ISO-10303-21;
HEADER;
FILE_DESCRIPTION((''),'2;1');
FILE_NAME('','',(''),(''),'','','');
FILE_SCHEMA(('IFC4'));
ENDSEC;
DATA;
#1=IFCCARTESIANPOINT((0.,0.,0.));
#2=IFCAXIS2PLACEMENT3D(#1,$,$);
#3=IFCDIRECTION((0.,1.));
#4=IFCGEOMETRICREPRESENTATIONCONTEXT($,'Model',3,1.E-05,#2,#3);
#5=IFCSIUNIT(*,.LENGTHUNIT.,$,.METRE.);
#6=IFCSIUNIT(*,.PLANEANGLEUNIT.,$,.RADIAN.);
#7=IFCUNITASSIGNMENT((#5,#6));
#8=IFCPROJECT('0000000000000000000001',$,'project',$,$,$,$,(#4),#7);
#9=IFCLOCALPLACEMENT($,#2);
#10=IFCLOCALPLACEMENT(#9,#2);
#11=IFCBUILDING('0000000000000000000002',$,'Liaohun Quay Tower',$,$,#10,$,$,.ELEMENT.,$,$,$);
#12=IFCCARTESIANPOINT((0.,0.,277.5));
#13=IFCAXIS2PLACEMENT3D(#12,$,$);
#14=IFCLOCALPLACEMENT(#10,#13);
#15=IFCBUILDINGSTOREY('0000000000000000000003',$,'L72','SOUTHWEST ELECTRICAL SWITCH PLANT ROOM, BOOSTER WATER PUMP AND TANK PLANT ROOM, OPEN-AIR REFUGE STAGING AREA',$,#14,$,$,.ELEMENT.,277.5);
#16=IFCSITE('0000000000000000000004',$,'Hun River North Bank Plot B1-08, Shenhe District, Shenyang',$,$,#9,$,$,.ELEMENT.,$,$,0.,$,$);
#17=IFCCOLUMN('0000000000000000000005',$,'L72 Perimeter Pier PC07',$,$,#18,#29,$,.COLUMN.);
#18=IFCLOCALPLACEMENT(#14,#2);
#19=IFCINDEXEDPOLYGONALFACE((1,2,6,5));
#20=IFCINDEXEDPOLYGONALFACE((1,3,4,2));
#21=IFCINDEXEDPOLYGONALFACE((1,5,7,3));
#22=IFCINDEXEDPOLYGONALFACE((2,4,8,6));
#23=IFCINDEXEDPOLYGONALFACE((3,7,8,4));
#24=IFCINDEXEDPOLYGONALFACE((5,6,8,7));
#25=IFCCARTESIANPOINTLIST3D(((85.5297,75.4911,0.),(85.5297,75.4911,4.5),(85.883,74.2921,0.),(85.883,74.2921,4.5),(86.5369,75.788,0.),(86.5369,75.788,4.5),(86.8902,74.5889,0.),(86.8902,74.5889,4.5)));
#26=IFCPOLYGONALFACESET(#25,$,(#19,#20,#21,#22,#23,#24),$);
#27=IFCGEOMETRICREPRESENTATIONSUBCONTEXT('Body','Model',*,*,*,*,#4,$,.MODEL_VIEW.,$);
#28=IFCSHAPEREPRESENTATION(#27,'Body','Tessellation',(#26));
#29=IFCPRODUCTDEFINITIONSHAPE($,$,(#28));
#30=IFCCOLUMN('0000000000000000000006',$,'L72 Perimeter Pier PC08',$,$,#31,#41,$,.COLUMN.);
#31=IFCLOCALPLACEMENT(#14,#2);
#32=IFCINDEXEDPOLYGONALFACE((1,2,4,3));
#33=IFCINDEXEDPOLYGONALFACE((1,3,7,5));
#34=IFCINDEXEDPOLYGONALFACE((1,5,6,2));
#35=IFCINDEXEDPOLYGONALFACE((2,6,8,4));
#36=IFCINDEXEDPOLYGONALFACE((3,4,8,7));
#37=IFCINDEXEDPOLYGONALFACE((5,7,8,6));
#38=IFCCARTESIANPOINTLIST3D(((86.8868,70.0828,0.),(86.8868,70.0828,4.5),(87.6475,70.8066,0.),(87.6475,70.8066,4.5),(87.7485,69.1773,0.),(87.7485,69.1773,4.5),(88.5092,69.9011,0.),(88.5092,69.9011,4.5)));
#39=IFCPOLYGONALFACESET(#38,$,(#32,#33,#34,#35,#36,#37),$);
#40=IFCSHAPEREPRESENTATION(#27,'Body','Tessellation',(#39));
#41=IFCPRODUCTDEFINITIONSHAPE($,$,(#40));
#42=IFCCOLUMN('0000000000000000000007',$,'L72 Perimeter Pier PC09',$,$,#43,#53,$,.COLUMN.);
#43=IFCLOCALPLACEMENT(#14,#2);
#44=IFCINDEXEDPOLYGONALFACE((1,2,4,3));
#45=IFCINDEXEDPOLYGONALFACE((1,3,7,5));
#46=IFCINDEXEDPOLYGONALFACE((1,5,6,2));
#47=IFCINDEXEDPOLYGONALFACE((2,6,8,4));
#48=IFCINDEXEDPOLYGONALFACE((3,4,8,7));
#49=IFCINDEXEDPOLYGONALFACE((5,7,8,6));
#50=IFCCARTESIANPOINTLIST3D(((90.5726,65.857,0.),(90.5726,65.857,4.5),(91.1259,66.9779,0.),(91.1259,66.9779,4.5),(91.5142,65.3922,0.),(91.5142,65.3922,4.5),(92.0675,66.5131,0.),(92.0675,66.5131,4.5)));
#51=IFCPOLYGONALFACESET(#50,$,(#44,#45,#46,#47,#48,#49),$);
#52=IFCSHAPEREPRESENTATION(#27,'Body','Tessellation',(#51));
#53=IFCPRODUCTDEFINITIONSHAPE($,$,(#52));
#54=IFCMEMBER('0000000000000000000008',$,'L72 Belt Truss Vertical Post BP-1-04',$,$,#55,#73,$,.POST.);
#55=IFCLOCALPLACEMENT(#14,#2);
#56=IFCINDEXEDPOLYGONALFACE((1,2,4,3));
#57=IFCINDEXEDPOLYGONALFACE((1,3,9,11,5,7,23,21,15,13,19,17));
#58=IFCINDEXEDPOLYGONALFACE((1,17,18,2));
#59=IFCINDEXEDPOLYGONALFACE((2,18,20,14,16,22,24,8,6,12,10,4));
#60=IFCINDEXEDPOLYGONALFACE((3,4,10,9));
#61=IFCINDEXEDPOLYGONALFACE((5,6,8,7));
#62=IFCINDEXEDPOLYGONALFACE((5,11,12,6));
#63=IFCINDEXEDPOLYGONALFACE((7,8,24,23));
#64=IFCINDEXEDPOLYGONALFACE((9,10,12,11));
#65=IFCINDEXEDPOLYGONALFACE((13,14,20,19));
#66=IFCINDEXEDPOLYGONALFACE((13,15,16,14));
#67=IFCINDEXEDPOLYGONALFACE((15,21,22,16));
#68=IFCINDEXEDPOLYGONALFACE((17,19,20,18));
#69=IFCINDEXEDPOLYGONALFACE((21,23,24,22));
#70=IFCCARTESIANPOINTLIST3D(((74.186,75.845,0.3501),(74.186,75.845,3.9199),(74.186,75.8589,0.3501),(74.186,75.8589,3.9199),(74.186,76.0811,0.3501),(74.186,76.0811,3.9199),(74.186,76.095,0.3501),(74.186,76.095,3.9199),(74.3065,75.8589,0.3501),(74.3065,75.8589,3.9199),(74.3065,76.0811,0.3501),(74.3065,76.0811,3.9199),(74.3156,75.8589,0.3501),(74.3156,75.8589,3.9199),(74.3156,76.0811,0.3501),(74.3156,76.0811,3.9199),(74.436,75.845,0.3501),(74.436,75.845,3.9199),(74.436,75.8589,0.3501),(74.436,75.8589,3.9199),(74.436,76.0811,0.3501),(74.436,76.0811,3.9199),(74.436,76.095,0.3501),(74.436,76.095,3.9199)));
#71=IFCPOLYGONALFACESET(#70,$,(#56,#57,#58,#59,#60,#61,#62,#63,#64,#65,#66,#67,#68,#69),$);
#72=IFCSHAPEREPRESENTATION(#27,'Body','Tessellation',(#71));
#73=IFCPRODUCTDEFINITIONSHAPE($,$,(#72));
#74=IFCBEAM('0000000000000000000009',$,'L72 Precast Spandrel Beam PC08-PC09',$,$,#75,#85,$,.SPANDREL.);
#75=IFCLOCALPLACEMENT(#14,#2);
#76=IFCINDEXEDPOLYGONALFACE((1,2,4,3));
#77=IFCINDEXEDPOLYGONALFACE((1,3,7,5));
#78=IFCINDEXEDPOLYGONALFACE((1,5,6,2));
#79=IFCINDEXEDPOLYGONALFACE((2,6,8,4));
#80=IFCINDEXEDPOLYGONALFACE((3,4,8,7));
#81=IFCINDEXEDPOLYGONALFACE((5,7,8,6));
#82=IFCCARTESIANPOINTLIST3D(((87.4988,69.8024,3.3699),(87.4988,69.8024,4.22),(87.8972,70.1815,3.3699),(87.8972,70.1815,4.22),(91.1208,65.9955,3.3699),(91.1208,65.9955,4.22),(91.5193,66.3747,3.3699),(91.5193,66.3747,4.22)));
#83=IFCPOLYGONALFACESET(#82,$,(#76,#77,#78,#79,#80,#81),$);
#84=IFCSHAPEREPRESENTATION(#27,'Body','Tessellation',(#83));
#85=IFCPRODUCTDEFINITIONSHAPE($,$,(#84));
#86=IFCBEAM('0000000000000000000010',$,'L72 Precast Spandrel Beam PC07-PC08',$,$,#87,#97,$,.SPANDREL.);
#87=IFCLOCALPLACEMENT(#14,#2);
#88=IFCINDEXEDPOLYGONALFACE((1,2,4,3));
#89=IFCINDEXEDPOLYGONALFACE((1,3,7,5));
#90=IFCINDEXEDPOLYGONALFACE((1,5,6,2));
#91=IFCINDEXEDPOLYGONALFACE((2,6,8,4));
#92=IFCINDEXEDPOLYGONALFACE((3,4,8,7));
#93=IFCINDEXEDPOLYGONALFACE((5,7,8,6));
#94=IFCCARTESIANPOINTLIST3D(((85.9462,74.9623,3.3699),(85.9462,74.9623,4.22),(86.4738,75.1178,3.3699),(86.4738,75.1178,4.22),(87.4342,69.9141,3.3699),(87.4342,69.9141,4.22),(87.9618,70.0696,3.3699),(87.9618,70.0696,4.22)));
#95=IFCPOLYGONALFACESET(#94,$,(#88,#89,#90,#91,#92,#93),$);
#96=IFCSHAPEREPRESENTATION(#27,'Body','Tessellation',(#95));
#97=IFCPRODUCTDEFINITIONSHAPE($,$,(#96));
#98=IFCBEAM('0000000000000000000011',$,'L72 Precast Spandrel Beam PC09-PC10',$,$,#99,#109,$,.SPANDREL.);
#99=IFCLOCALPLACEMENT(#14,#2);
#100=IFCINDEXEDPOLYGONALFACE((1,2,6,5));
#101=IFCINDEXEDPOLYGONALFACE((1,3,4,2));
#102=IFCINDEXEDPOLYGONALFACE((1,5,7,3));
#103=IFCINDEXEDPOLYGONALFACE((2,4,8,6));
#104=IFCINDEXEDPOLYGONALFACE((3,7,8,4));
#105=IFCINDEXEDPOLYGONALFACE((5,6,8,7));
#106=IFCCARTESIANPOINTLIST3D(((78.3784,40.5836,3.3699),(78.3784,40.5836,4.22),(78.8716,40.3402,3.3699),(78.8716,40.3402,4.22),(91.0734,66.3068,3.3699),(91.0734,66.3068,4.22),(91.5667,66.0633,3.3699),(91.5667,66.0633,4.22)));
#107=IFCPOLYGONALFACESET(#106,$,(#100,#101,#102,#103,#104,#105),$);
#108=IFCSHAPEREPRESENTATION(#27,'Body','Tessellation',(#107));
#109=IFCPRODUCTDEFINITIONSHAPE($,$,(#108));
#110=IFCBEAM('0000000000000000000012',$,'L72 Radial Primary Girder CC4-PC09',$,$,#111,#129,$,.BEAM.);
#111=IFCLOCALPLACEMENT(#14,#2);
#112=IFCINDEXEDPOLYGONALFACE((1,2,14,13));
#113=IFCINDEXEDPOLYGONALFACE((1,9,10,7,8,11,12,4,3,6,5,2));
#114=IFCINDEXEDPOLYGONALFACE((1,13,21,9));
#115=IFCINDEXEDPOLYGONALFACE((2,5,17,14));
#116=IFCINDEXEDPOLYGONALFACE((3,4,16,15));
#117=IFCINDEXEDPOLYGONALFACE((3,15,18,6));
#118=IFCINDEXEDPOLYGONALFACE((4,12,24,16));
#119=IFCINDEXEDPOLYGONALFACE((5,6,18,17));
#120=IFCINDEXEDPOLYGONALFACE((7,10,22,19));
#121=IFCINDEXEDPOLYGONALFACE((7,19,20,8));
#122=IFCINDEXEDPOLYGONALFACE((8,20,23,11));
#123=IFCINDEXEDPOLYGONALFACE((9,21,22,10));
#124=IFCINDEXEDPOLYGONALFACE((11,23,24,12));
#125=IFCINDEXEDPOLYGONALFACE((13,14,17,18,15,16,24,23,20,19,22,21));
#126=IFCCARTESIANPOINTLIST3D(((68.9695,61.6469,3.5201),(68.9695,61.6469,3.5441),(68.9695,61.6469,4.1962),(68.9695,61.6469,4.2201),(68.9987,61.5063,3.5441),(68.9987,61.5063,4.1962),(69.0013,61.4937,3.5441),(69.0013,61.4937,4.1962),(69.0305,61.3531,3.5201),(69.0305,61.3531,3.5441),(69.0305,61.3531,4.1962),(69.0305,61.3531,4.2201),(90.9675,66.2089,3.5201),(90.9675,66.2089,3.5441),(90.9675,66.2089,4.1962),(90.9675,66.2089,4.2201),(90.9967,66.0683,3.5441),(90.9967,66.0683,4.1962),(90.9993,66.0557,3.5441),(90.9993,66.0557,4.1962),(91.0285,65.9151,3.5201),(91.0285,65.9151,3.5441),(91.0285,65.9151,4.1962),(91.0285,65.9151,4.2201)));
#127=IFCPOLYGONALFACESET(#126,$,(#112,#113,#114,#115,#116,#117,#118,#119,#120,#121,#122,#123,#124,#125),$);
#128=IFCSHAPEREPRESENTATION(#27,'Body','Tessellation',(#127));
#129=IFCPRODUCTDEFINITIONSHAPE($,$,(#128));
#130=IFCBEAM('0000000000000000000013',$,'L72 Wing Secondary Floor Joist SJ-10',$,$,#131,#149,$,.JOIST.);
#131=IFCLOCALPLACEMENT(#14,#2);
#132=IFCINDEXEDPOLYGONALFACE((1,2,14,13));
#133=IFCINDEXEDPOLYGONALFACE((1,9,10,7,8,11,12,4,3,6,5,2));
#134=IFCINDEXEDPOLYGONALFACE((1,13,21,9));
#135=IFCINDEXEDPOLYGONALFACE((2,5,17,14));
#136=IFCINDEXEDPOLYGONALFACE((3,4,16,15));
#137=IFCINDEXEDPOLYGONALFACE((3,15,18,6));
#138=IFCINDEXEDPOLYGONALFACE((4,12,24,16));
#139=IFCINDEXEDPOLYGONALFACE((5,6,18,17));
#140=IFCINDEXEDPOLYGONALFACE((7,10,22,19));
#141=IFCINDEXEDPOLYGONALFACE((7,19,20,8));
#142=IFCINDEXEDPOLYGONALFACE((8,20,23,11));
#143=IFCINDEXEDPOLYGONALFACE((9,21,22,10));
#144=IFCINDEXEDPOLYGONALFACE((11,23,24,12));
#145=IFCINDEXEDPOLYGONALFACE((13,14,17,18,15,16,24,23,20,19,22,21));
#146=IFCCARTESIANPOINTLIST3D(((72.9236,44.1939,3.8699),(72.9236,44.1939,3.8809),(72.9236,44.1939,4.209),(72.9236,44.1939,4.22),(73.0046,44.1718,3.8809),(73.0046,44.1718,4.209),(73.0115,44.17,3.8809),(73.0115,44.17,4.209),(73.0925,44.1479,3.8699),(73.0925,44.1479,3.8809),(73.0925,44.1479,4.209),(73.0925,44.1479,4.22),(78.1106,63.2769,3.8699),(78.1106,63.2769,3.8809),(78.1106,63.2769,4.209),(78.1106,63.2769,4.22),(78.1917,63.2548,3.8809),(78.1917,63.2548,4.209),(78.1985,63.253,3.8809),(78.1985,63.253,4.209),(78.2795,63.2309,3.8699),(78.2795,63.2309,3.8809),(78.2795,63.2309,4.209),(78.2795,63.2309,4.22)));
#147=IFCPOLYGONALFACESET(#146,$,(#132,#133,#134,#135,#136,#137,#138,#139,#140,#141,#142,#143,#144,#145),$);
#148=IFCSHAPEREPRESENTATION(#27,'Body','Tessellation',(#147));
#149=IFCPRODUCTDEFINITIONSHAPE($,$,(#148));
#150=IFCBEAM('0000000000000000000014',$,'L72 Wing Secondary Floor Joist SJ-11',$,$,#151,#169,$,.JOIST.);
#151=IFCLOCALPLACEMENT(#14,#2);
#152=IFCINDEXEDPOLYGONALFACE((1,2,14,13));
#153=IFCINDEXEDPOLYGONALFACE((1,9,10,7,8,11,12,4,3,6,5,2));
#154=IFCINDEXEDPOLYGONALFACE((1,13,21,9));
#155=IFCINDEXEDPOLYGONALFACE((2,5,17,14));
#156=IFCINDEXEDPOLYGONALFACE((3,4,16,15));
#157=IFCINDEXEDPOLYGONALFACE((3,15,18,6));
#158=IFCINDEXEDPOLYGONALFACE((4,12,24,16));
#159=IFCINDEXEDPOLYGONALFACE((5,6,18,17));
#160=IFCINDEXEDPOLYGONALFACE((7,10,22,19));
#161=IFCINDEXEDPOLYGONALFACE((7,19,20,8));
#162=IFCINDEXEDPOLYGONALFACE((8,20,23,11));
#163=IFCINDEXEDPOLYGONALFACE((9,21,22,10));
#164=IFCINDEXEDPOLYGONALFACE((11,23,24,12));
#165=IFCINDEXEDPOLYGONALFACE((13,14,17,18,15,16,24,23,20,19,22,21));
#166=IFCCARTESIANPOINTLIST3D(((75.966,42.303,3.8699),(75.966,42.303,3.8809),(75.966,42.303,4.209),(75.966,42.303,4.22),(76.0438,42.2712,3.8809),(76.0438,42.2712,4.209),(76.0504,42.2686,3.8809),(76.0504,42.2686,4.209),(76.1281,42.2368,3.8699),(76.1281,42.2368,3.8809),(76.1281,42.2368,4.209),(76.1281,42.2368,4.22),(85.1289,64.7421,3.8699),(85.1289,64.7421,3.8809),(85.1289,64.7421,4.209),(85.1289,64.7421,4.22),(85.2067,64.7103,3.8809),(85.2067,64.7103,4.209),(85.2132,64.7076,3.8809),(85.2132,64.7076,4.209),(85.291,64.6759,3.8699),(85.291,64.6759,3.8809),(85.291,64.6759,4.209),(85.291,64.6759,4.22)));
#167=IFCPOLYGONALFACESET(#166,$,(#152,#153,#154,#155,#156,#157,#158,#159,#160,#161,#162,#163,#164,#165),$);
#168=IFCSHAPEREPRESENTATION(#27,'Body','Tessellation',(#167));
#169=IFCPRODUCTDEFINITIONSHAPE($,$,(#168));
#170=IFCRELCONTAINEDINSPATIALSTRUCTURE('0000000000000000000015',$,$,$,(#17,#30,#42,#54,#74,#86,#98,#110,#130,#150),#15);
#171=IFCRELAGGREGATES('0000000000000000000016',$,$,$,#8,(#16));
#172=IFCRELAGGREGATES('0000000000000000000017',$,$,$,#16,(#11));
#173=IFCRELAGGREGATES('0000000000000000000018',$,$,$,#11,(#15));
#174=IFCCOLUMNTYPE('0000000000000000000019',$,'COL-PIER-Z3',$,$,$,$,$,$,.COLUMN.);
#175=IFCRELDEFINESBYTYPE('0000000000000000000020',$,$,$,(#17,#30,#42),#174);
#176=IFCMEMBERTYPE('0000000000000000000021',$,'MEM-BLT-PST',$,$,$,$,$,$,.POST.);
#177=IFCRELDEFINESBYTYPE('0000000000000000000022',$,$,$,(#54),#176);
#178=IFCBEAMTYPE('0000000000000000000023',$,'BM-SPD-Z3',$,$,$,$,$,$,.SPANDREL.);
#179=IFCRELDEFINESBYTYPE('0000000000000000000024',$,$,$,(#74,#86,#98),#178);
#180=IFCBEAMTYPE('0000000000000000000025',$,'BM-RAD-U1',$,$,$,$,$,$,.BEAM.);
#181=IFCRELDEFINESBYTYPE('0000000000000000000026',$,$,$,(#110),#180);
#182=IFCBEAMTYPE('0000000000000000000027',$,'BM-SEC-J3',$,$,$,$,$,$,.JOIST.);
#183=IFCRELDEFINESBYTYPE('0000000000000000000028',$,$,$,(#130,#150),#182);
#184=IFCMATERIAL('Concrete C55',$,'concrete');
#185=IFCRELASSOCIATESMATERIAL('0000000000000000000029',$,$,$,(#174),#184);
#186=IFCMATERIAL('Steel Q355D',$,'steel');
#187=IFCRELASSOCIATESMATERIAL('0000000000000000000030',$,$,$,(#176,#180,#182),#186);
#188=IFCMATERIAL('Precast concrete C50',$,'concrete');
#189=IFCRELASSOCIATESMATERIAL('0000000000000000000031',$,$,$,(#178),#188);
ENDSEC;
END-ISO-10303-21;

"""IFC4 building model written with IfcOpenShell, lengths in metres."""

from ifc_helpers import new_model, si_unit, direction, frame, origin, origin_2d, place, context, subcontext, project, spatial, rectangle, i_section, extrude, source, transform, mapped, material, material_profile, profile_set, type_object, element, save


model = new_model("IFC4")

# Units and contexts
model_context = context("Model", 3, precision=1e-05, world=origin(), true_north=direction((0.0, 1.0)))
body_context = subcontext(model_context, "Body", "Model", "MODEL_VIEW")
ifc_project = project(units=[si_unit("LENGTHUNIT", "METRE"), si_unit("PLANEANGLEUNIT", "RADIAN")], contexts=[model_context])

# Site, building, storey
site_placement = place(None, origin())
site = spatial("IfcSite", under=ifc_project, at=site_placement, Name="Hun River North Bank Plot B1-08, Shenhe District, Shenyang", CompositionType="ELEMENT", RefElevation=0.0)
building_placement = place(site_placement, origin())
building = spatial("IfcBuilding", under=site, at=building_placement, Name="Liaohun Quay Tower", CompositionType="ELEMENT")
storey_placement = place(building_placement, frame((0.0, 0.0, 277.5)))
storey = spatial("IfcBuildingStorey", under=building, at=storey_placement, Name="L72", Description="SOUTHWEST ELECTRICAL SWITCH PLANT ROOM, BOOSTER WATER PUMP AND TANK PLANT ROOM, OPEN-AIR REFUGE STAGING AREA", CompositionType="ELEMENT", Elevation=277.5)

# Columns
ifc_material_1 = material(Name="Concrete C55", Category="concrete")
ifc_material_profile_1 = material_profile(ifc_material_1, rectangle(XDim=1.25, YDim=1.05, at=origin_2d()), Name="RC1250x1050")
ifc_profile_set_1 = profile_set([ifc_material_profile_1], Name="Concrete C55")
column_type = type_object("IfcColumnType", Name="COL-PIER-Z3", PredefinedType="COLUMN", material=ifc_profile_set_1)
shared_shape_1 = source(origin(), body_context, "Body", "SweptSolid", [
    extrude(rectangle(XDim=1.25, YDim=1.05, at=origin_2d()), origin(), (0.0, 0.0, 1.0), 4.5),
])
for number, where, z_axis, x_axis, name in (
    (1, (86.21, 75.04, 0.0), (0.0, 0.0, 1.0), (-0.282676, 0.959215, 0.0), "L72 Perimeter Pier PC07"),
    (2, (87.698, 69.9919, 0.0), (0.0, 0.0, 1.0), (-0.689367, 0.724413, 0.0), "L72 Perimeter Pier PC08"),
    (3, (91.3201, 66.1851, 0.0), (0.0, 0.0, 1.0), (0.442602, 0.896718, 0.0), "L72 Perimeter Pier PC09"),
):
    element("IfcColumn", number, at=place(storey_placement, frame(where, z_axis=z_axis, x_axis=x_axis)), inside=storey, type_object=column_type, Name=name, PredefinedType="COLUMN", context=body_context, shape_type="MappedRepresentation", body=[
        mapped(shared_shape_1, transform((0.0, 0.0, 0.0), x_axis=(1.0, 0.0, 0.0), y_axis=(0.0, 1.0, 0.0), z_axis=(0.0, 0.0, 1.0), scale=1.0)),
    ])

# Member
ifc_material_2 = material(Name="Steel Q355D", Category="steel")
ifc_material_profile_2 = material_profile(ifc_material_2, i_section(OverallWidth=0.25, OverallDepth=0.25, WebThickness=0.009, FlangeThickness=0.0139, at=origin_2d()), Name="HW250x250x9x14")
ifc_profile_set_2 = profile_set([ifc_material_profile_2], Name="Steel Q355D")
member_type_1 = type_object("IfcMemberType", Name="MEM-BLT-PST", PredefinedType="POST", material=ifc_profile_set_2)
shared_shape_2 = source(origin(), body_context, "Body", "SweptSolid", [
    extrude(i_section(OverallWidth=0.25, OverallDepth=0.25, WebThickness=0.009, FlangeThickness=0.0139, at=origin_2d()), origin(), (0.0, 0.0, 1.0), 3.5698),
])
member_1_placement = place(storey_placement, frame((74.311, 75.97, 0.3501), z_axis=(0.0, 0.0, 1.0), x_axis=(1.0, 0.0, 0.0)))
element("IfcMember", 4, at=member_1_placement, inside=storey, type_object=member_type_1, Name="L72 Belt Truss Vertical Post BP-1-04", PredefinedType="POST", context=body_context, shape_type="MappedRepresentation", body=[
    mapped(shared_shape_2, transform((0.0, 0.0, 0.0), x_axis=(1.0, 0.0, 0.0), y_axis=(0.0, 1.0, 0.0), z_axis=(0.0, 0.0, 1.0), scale=1.0)),
])

# Beams
ifc_material_3 = material(Name="Precast concrete C50", Category="concrete")
ifc_material_profile_3 = material_profile(ifc_material_3, rectangle(XDim=0.55, YDim=0.8501, at=origin_2d()), Name="RC550x850")
ifc_profile_set_3 = profile_set([ifc_material_profile_3], Name="Precast concrete C50")
beam_type_1 = type_object("IfcBeamType", Name="BM-SPD-Z3", PredefinedType="SPANDREL", material=ifc_profile_set_3)
shared_shape_3 = source(origin(), body_context, "Body", "SweptSolid", [
    extrude(rectangle(XDim=0.55, YDim=0.8501, at=origin_2d()), origin(), (0.0, 0.0, 1.0), 5.2546),
])
beam_1_placement = place(storey_placement, frame((87.698, 69.9919, 3.7949), z_axis=(0.689302, -0.724474, 0.0), x_axis=(0.724474, 0.689302, 0.0)))
element("IfcBeam", 5, at=beam_1_placement, inside=storey, type_object=beam_type_1, Name="L72 Precast Spandrel Beam PC08-PC09", PredefinedType="SPANDREL", context=body_context, shape_type="MappedRepresentation", body=[
    mapped(shared_shape_3, transform((0.0, 0.0, 0.0), x_axis=(1.0, 0.0, 0.0), y_axis=(0.0, 1.0, 0.0), z_axis=(0.0, 0.0, 1.0), scale=1.0)),
])
shared_shape_4 = source(origin(), body_context, "Body", "SweptSolid", [
    extrude(rectangle(XDim=0.55, YDim=0.8501, at=origin_2d()), origin(), (0.0, 0.0, 1.0), 5.2629),
])
beam_2_placement = place(storey_placement, frame((86.21, 75.04, 3.7949), z_axis=(0.282744, -0.959195, 0.0), x_axis=(0.959195, 0.282744, 0.0)))
element("IfcBeam", 6, at=beam_2_placement, inside=storey, type_object=beam_type_1, Name="L72 Precast Spandrel Beam PC07-PC08", PredefinedType="SPANDREL", context=body_context, shape_type="MappedRepresentation", body=[
    mapped(shared_shape_4, transform((0.0, 0.0, 0.0), x_axis=(1.0, 0.0, 0.0), y_axis=(0.0, 1.0, 0.0), z_axis=(0.0, 0.0, 1.0), scale=1.0)),
])
shared_shape_5 = source(origin(), body_context, "Body", "SweptSolid", [
    extrude(rectangle(XDim=0.55, YDim=0.8501, at=origin_2d()), origin(), (0.0, 0.0, 1.0), 28.6853),
])
beam_3_placement = place(storey_placement, frame((91.3201, 66.1851, 3.7949), z_axis=(-0.442564, -0.896737, 0.0), x_axis=(0.896737, -0.442564, 0.0)))
element("IfcBeam", 7, at=beam_3_placement, inside=storey, type_object=beam_type_1, Name="L72 Precast Spandrel Beam PC09-PC10", PredefinedType="SPANDREL", context=body_context, shape_type="MappedRepresentation", body=[
    mapped(shared_shape_5, transform((0.0, 0.0, 0.0), x_axis=(1.0, 0.0, 0.0), y_axis=(0.0, 1.0, 0.0), z_axis=(0.0, 0.0, 1.0), scale=1.0)),
])
ifc_material_profile_4 = material_profile(ifc_material_2, i_section(OverallWidth=0.3, OverallDepth=0.7, WebThickness=0.0129, FlangeThickness=0.0239, at=origin_2d()), Name="HN700x300x13x24")
ifc_profile_set_4 = profile_set([ifc_material_profile_4], Name="Steel Q355D")
beam_type_2 = type_object("IfcBeamType", Name="BM-RAD-U1", PredefinedType="BEAM", material=ifc_profile_set_4)
shared_shape_6 = source(origin(), body_context, "Body", "SweptSolid", [
    extrude(i_section(OverallWidth=0.3, OverallDepth=0.7, WebThickness=0.0129, FlangeThickness=0.0239, at=origin_2d()), origin(), (0.0, 0.0, 1.0), 22.4661),
])
beam_4_placement = place(storey_placement, frame((69.0, 61.5, 3.8701), z_axis=(0.979166, 0.203062, 0.0), x_axis=(-0.203062, 0.979166, 0.0)))
element("IfcBeam", 8, at=beam_4_placement, inside=storey, type_object=beam_type_2, Name="L72 Radial Primary Girder CC4-PC09", PredefinedType="BEAM", context=body_context, shape_type="MappedRepresentation", body=[
    mapped(shared_shape_6, transform((0.0, 0.0, 0.0), x_axis=(1.0, 0.0, 0.0), y_axis=(0.0, 1.0, 0.0), z_axis=(0.0, 0.0, 1.0), scale=1.0)),
])
ifc_material_profile_5 = material_profile(ifc_material_2, i_section(OverallWidth=0.175, OverallDepth=0.3501, WebThickness=0.0071, FlangeThickness=0.011, at=origin_2d()), Name="HN350x175x7x11")
ifc_profile_set_5 = profile_set([ifc_material_profile_5], Name="Steel Q355D")
beam_type_3 = type_object("IfcBeamType", Name="BM-SEC-J3", PredefinedType="JOIST", material=ifc_profile_set_5)
shared_shape_7 = source(origin(), body_context, "Body", "SweptSolid", [
    extrude(i_section(OverallWidth=0.175, OverallDepth=0.3501, WebThickness=0.0071, FlangeThickness=0.011, at=origin_2d()), origin(), (0.0, 0.0, 1.0), 19.7754),
])
beam_5_placement = place(storey_placement, frame((78.1951, 63.2539, 4.0449), z_axis=(-0.262296, -0.964987, 0.0), x_axis=(0.964987, -0.262296, 0.0)))
element("IfcBeam", 9, at=beam_5_placement, inside=storey, type_object=beam_type_3, Name="L72 Wing Secondary Floor Joist SJ-10", PredefinedType="JOIST", context=body_context, shape_type="MappedRepresentation", body=[
    mapped(shared_shape_7, transform((0.0, 0.0, 0.0), x_axis=(1.0, 0.0, 0.0), y_axis=(0.0, 1.0, 0.0), z_axis=(0.0, 0.0, 1.0), scale=1.0)),
])
shared_shape_8 = source(origin(), body_context, "Body", "SweptSolid", [
    extrude(i_section(OverallWidth=0.175, OverallDepth=0.3501, WebThickness=0.0071, FlangeThickness=0.011, at=origin_2d()), origin(), (0.0, 0.0, 1.0), 24.2378),
])
beam_6_placement = place(storey_placement, frame((85.21, 64.709, 4.0449), z_axis=(-0.378041, -0.925789, 0.0), x_axis=(0.925789, -0.378041, 0.0)))
element("IfcBeam", 10, at=beam_6_placement, inside=storey, type_object=beam_type_3, Name="L72 Wing Secondary Floor Joist SJ-11", PredefinedType="JOIST", context=body_context, shape_type="MappedRepresentation", body=[
    mapped(shared_shape_8, transform((0.0, 0.0, 0.0), x_axis=(1.0, 0.0, 0.0), y_axis=(0.0, 1.0, 0.0), z_axis=(0.0, 0.0, 1.0), scale=1.0)),
])

save(model, "model.ifc")
